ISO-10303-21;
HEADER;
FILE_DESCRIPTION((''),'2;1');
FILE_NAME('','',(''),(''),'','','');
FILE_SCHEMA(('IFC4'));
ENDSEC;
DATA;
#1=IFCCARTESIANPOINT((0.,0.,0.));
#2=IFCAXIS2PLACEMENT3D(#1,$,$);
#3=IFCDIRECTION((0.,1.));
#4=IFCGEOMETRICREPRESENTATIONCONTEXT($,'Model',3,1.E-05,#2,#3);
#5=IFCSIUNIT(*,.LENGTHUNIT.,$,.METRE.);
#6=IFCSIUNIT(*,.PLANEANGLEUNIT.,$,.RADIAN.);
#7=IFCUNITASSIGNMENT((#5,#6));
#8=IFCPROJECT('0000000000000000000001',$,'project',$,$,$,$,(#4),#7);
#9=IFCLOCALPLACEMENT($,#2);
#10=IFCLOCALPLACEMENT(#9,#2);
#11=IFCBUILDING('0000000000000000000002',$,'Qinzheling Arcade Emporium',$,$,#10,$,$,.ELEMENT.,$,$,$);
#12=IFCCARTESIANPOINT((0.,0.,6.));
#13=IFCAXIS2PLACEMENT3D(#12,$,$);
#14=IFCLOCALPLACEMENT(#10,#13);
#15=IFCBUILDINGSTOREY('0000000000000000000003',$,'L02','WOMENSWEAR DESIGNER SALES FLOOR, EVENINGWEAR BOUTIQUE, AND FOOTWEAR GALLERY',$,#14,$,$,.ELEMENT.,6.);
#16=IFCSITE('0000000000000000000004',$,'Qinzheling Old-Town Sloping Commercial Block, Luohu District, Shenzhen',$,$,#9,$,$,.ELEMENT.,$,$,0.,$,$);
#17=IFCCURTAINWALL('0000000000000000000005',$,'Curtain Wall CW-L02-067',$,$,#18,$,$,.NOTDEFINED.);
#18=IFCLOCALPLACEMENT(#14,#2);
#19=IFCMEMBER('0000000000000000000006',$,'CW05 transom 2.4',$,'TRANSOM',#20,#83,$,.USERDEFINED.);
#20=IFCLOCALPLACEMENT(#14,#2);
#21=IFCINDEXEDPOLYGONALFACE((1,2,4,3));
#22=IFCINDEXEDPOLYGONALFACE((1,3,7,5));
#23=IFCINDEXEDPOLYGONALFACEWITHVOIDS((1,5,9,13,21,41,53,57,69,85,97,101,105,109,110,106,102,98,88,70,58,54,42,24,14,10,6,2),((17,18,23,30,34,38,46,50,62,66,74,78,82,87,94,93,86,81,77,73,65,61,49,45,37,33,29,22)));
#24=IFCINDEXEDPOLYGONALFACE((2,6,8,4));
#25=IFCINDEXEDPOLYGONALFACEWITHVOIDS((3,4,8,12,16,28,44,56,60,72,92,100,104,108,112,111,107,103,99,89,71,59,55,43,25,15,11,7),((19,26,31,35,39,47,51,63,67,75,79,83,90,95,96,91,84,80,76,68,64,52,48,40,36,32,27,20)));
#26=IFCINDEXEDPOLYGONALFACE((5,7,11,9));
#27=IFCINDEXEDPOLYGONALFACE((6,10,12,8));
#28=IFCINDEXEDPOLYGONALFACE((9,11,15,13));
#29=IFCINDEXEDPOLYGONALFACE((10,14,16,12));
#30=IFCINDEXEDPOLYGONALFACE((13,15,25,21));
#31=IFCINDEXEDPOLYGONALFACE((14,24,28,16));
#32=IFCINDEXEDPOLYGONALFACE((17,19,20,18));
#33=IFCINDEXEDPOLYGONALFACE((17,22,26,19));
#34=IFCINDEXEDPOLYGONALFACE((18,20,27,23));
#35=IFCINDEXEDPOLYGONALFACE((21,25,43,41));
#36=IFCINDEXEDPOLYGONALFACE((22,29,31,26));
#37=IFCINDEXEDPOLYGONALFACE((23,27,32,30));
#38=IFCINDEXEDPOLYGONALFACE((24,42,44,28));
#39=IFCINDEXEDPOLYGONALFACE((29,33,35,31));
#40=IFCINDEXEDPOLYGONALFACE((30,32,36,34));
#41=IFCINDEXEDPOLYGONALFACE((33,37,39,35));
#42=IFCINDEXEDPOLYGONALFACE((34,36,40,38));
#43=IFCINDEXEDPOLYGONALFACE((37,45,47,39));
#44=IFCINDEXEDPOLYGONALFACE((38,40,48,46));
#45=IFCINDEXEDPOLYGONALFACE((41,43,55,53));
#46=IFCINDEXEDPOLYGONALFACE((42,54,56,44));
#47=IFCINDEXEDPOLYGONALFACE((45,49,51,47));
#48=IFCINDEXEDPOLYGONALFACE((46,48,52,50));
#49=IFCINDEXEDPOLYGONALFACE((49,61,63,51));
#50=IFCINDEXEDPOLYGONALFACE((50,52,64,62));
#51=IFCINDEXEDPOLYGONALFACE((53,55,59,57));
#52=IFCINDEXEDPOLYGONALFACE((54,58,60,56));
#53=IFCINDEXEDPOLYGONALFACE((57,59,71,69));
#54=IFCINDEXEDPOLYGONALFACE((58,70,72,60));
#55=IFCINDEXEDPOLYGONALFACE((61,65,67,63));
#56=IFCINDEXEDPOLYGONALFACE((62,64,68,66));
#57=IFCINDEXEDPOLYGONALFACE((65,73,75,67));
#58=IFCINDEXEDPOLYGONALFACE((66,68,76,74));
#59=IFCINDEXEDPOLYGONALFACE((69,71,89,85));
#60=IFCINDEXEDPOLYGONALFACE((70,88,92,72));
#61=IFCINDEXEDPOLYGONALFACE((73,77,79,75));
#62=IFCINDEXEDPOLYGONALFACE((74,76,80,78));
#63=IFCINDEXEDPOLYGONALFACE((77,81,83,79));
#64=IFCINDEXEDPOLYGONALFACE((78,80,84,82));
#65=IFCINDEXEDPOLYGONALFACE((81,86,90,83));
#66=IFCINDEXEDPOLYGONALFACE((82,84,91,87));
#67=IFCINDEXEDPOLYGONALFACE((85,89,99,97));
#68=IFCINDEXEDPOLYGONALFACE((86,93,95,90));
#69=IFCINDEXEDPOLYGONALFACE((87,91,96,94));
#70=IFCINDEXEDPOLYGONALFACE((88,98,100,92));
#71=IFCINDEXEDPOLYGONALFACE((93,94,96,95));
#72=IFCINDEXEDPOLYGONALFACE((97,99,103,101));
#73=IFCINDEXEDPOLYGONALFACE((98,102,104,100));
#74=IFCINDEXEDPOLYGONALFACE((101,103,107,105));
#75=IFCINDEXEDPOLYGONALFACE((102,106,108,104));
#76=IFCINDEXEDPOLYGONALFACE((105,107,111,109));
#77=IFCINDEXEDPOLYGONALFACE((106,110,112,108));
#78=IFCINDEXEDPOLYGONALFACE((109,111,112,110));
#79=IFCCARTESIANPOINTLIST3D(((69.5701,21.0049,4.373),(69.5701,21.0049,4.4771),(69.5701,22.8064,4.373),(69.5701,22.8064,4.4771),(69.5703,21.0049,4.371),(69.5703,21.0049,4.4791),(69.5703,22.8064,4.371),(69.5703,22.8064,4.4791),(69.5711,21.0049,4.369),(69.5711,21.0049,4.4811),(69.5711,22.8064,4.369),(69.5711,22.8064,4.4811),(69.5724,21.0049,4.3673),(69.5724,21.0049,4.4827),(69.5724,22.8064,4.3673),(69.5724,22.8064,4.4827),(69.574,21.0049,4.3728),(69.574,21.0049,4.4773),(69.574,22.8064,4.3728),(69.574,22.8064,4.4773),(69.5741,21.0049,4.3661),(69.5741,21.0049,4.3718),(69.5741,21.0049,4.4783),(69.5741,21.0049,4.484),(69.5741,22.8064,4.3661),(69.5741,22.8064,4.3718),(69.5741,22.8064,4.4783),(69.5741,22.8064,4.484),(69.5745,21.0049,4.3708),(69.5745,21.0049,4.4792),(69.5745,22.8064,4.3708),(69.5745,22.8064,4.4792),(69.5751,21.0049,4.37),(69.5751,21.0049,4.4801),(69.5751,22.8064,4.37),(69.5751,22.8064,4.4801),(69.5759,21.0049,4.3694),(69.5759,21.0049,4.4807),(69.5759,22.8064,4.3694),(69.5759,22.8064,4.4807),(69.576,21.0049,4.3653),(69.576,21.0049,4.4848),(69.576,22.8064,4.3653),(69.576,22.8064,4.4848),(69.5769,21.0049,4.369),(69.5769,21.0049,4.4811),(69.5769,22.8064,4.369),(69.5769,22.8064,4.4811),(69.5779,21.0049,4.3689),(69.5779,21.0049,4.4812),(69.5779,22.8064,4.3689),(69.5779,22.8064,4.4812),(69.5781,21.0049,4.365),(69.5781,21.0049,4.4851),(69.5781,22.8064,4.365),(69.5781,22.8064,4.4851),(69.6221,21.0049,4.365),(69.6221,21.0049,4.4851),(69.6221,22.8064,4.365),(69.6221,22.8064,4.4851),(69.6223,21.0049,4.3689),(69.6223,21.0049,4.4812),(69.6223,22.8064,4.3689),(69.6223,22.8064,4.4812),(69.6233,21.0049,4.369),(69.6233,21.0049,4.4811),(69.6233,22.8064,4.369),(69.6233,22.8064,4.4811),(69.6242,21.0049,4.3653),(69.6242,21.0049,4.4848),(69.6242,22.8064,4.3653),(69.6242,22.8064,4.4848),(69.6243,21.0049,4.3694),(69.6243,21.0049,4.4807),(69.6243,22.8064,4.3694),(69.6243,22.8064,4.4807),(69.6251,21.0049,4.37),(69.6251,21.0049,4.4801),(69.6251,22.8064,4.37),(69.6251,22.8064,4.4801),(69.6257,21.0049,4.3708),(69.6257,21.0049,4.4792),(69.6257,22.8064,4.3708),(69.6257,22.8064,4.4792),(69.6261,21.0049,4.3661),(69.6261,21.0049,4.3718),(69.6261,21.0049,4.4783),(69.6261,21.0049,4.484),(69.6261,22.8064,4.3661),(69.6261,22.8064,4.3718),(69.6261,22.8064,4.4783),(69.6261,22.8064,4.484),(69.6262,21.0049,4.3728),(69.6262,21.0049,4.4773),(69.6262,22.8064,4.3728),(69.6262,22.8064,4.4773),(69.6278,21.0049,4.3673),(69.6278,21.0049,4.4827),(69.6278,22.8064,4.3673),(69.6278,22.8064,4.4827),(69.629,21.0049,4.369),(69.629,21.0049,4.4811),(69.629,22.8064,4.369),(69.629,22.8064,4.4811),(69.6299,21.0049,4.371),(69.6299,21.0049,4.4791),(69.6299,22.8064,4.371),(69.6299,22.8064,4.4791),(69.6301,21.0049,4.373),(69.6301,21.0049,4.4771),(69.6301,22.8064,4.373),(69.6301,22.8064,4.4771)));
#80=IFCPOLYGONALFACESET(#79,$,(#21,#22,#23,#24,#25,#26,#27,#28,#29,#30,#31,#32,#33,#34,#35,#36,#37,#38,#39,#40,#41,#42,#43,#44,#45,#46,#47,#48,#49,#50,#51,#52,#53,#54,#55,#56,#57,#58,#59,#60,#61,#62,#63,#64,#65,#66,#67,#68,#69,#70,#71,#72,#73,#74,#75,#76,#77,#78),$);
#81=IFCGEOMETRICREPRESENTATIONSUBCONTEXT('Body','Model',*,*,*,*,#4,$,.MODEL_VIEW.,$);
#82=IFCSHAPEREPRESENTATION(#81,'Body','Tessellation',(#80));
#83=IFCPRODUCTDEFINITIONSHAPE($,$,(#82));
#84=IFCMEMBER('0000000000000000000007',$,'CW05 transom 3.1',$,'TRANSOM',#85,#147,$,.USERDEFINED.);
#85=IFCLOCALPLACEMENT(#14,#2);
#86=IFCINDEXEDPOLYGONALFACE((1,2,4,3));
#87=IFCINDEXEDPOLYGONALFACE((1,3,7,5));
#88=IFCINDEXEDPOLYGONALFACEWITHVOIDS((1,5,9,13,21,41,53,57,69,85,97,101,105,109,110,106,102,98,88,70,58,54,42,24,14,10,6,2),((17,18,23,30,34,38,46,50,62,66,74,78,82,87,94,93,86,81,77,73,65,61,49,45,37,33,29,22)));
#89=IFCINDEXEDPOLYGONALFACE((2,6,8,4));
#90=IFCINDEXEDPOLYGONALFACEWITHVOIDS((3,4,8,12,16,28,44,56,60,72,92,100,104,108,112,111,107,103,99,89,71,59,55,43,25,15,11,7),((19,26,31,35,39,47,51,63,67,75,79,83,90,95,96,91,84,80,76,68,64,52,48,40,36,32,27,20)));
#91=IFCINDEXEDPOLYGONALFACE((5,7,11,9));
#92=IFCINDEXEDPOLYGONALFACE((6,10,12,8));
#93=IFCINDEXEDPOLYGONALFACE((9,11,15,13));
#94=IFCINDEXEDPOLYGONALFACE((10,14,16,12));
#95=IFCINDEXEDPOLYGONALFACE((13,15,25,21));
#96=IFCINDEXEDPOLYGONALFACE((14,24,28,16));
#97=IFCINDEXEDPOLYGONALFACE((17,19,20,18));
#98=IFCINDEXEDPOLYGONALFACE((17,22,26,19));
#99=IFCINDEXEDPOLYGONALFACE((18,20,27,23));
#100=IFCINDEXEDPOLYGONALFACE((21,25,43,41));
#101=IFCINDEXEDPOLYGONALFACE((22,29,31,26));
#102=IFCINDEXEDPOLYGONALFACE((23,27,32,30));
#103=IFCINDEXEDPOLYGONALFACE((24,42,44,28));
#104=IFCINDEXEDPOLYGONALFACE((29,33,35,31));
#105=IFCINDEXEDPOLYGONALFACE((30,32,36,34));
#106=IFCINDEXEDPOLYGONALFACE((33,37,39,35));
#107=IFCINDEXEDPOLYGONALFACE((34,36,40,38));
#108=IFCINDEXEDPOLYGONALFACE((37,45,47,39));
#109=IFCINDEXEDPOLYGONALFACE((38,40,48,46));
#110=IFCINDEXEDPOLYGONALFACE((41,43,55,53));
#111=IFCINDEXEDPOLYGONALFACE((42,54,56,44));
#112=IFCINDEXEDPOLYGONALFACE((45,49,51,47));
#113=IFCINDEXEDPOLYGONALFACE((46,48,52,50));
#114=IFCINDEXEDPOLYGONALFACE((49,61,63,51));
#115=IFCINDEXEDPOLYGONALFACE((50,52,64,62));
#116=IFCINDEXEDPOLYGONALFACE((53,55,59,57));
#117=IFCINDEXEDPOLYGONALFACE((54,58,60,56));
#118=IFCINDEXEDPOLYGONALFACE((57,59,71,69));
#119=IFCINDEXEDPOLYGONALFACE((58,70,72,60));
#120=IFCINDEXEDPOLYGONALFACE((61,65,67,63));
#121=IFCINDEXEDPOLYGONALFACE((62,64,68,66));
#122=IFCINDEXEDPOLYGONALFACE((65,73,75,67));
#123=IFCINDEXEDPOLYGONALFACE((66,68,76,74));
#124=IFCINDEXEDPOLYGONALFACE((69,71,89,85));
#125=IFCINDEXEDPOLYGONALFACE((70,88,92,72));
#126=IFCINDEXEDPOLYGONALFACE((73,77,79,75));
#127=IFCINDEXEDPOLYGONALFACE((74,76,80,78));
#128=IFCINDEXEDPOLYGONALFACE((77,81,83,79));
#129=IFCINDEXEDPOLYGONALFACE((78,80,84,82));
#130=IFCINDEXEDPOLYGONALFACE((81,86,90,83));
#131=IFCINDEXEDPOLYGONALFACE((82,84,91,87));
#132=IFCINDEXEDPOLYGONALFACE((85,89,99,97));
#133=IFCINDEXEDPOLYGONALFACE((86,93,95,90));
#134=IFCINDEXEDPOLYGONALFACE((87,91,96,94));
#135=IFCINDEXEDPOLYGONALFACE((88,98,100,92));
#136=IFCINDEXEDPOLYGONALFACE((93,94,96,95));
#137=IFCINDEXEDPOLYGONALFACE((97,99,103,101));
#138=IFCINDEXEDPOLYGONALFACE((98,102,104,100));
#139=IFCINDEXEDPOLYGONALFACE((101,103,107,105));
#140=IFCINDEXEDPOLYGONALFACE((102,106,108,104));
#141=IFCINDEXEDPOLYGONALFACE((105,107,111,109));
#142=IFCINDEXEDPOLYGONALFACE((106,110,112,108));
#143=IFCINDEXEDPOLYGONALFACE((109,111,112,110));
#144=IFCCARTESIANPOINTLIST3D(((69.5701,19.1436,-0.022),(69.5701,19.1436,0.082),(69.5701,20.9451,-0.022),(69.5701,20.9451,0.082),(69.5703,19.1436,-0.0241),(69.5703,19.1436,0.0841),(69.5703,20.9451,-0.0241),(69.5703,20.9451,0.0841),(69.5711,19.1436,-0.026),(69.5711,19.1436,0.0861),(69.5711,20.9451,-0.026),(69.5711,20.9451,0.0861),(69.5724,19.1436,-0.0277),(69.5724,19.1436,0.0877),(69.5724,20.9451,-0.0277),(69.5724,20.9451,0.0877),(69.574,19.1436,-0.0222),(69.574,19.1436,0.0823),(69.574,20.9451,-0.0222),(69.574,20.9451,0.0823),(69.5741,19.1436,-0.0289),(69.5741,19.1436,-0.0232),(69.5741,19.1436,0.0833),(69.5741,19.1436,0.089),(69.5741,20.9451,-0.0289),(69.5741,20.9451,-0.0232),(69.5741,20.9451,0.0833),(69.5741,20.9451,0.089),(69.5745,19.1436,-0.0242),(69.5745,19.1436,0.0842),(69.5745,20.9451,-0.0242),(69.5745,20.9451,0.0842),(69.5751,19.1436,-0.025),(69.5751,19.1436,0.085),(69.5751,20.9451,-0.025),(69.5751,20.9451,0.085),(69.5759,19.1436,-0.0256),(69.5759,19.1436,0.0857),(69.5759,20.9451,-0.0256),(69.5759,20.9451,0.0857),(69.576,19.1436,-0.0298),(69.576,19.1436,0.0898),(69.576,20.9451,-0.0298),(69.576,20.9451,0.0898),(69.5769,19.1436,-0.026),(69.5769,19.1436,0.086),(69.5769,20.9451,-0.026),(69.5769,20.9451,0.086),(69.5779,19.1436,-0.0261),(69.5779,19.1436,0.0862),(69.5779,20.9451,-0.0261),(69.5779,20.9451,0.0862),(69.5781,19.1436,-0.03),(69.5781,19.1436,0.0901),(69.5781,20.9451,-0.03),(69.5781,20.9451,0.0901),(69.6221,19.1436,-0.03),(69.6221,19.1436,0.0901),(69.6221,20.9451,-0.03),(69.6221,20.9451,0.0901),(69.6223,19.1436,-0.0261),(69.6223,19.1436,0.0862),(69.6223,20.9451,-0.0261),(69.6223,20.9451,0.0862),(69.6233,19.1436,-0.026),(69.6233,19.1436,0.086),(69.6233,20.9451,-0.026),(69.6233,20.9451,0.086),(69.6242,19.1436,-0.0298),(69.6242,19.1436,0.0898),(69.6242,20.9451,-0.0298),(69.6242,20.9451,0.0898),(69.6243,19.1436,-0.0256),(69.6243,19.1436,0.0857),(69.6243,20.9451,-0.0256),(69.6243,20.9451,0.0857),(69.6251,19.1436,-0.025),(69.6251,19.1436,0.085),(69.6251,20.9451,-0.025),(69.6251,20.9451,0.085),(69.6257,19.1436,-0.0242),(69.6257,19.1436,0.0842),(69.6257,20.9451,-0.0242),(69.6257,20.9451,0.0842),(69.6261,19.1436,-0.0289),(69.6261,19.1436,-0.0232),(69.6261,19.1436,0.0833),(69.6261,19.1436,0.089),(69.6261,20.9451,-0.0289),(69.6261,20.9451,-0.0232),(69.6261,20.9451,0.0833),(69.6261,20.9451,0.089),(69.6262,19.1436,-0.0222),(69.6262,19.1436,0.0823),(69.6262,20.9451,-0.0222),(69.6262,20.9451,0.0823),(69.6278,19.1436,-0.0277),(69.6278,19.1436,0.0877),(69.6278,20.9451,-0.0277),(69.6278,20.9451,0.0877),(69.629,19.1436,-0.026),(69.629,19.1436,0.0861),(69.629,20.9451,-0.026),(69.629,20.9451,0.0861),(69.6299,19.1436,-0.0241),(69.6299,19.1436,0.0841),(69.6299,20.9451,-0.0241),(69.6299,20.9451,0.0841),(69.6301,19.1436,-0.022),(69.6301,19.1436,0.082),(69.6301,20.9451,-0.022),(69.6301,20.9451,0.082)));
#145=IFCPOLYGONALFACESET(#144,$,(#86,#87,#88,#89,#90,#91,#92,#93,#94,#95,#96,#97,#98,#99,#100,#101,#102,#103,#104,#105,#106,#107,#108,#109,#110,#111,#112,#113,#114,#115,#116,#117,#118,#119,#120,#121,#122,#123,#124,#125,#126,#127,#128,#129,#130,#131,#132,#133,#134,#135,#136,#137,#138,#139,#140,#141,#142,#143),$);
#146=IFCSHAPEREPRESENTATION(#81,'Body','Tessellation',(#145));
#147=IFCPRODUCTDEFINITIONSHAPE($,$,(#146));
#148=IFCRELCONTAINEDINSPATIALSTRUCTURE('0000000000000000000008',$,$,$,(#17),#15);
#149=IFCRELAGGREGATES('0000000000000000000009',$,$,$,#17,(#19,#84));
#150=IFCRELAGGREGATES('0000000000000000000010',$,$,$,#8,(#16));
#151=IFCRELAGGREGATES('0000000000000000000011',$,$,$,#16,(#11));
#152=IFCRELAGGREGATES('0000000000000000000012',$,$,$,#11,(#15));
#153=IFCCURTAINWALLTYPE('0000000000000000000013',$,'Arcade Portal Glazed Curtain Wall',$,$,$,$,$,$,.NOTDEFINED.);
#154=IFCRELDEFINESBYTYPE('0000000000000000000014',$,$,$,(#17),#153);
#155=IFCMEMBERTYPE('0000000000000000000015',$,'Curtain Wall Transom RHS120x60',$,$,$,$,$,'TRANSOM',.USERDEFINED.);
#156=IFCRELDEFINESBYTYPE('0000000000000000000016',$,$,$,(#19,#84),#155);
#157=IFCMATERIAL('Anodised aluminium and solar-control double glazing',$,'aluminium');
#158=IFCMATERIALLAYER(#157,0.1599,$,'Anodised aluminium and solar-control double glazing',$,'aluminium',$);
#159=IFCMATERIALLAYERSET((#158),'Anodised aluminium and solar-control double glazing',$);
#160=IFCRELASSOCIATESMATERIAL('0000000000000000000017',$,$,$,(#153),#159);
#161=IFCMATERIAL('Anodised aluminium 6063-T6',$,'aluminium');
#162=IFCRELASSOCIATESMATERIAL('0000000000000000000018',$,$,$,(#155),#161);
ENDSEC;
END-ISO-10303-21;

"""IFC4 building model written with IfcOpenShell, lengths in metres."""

from ifc_helpers import new_model, si_unit, direction, frame, origin, origin_2d, place, context, subcontext, project, spatial, hollow_rectangle, extrude, material, layer, layer_set, material_profile, profile_set, type_object, element, aggregate, save


model = new_model("IFC4")

# Units and contexts
model_context = context("Model", 3, precision=1e-05, world=origin(), true_north=direction((0.0, 1.0)))
body_context = subcontext(model_context, "Body", "Model", "MODEL_VIEW")
ifc_project = project(units=[si_unit("LENGTHUNIT", "METRE"), si_unit("PLANEANGLEUNIT", "RADIAN")], contexts=[model_context])

# Site, building, storey
site_placement = place(None, origin())
site = spatial("IfcSite", under=ifc_project, at=site_placement, Name="Qinzheling Old-Town Sloping Commercial Block, Luohu District, Shenzhen", CompositionType="ELEMENT", RefElevation=0.0)
building_placement = place(site_placement, origin())
building = spatial("IfcBuilding", under=site, at=building_placement, Name="Qinzheling Arcade Emporium", CompositionType="ELEMENT")
storey_placement = place(building_placement, frame((0.0, 0.0, 6.0)))
storey = spatial("IfcBuildingStorey", under=building, at=storey_placement, Name="L02", Description="WOMENSWEAR DESIGNER SALES FLOOR, EVENINGWEAR BOUTIQUE, AND FOOTWEAR GALLERY", CompositionType="ELEMENT", Elevation=6.0)

# Curtain wall, members
ifc_material_1 = material(Name="Anodised aluminium and solar-control double glazing", Category="aluminium")
ifc_layer_1 = layer(ifc_material_1, 0.1599, Name="Anodised aluminium and solar-control double glazing", Category="aluminium")
ifc_layer_set_1 = layer_set([ifc_layer_1], Name="Anodised aluminium and solar-control double glazing")
curtain_wall_type = type_object("IfcCurtainWallType", Name="Arcade Portal Glazed Curtain Wall", PredefinedType="NOTDEFINED", material=ifc_layer_set_1)
curtain_wall_placement = place(storey_placement, origin())
curtain_wall = element("IfcCurtainWall", 1, at=curtain_wall_placement, inside=storey, type_object=curtain_wall_type, Name="Curtain Wall CW-L02-067", PredefinedType="NOTDEFINED")
ifc_material_2 = material(Name="Anodised aluminium 6063-T6", Category="aluminium")
ifc_material_profile_1 = material_profile(ifc_material_2, hollow_rectangle(XDim=0.0601, YDim=0.1201, WallThickness=0.0039, InnerFilletRadius=0.0039, OuterFilletRadius=0.0081, at=origin_2d()), Name="RHS 120x60x4", Category="aluminium")
ifc_profile_set_1 = profile_set([ifc_material_profile_1], Name="Anodised aluminium 6063-T6")
member_type_1 = type_object("IfcMemberType", Name="Curtain Wall Transom RHS120x60", ElementType="TRANSOM", PredefinedType="USERDEFINED", material=ifc_profile_set_1)
member_1_placement = place(storey_placement, frame((69.6001, 22.8064, 4.425), z_axis=(0.0, -1.0, 0.0), x_axis=(1.0, 0.0, 0.0)))
member_1 = element("IfcMember", 2, at=member_1_placement, type_object=member_type_1, Name="CW05 transom 2.4", ObjectType="TRANSOM", PredefinedType="USERDEFINED", context=body_context, shape_type="SweptSolid", body=[
    extrude(hollow_rectangle(XDim=0.0601, YDim=0.1201, WallThickness=0.0039, InnerFilletRadius=0.0039, OuterFilletRadius=0.0081, at=origin_2d()), origin(), (0.0, 0.0, 1.0), 1.8015),
])
member_2_placement = place(storey_placement, frame((69.6001, 20.9451, 0.03), z_axis=(0.0, -1.0, 0.0), x_axis=(1.0, 0.0, 0.0)))
member_2 = element("IfcMember", 3, at=member_2_placement, type_object=member_type_1, Name="CW05 transom 3.1", ObjectType="TRANSOM", PredefinedType="USERDEFINED", context=body_context, shape_type="SweptSolid", body=[
    extrude(hollow_rectangle(XDim=0.0601, YDim=0.1201, WallThickness=0.0039, InnerFilletRadius=0.0039, OuterFilletRadius=0.0081, at=origin_2d()), origin(), (0.0, 0.0, 1.0), 1.8015),
])
aggregate(curtain_wall, [member_1, member_2])

save(model, "model.ifc")
